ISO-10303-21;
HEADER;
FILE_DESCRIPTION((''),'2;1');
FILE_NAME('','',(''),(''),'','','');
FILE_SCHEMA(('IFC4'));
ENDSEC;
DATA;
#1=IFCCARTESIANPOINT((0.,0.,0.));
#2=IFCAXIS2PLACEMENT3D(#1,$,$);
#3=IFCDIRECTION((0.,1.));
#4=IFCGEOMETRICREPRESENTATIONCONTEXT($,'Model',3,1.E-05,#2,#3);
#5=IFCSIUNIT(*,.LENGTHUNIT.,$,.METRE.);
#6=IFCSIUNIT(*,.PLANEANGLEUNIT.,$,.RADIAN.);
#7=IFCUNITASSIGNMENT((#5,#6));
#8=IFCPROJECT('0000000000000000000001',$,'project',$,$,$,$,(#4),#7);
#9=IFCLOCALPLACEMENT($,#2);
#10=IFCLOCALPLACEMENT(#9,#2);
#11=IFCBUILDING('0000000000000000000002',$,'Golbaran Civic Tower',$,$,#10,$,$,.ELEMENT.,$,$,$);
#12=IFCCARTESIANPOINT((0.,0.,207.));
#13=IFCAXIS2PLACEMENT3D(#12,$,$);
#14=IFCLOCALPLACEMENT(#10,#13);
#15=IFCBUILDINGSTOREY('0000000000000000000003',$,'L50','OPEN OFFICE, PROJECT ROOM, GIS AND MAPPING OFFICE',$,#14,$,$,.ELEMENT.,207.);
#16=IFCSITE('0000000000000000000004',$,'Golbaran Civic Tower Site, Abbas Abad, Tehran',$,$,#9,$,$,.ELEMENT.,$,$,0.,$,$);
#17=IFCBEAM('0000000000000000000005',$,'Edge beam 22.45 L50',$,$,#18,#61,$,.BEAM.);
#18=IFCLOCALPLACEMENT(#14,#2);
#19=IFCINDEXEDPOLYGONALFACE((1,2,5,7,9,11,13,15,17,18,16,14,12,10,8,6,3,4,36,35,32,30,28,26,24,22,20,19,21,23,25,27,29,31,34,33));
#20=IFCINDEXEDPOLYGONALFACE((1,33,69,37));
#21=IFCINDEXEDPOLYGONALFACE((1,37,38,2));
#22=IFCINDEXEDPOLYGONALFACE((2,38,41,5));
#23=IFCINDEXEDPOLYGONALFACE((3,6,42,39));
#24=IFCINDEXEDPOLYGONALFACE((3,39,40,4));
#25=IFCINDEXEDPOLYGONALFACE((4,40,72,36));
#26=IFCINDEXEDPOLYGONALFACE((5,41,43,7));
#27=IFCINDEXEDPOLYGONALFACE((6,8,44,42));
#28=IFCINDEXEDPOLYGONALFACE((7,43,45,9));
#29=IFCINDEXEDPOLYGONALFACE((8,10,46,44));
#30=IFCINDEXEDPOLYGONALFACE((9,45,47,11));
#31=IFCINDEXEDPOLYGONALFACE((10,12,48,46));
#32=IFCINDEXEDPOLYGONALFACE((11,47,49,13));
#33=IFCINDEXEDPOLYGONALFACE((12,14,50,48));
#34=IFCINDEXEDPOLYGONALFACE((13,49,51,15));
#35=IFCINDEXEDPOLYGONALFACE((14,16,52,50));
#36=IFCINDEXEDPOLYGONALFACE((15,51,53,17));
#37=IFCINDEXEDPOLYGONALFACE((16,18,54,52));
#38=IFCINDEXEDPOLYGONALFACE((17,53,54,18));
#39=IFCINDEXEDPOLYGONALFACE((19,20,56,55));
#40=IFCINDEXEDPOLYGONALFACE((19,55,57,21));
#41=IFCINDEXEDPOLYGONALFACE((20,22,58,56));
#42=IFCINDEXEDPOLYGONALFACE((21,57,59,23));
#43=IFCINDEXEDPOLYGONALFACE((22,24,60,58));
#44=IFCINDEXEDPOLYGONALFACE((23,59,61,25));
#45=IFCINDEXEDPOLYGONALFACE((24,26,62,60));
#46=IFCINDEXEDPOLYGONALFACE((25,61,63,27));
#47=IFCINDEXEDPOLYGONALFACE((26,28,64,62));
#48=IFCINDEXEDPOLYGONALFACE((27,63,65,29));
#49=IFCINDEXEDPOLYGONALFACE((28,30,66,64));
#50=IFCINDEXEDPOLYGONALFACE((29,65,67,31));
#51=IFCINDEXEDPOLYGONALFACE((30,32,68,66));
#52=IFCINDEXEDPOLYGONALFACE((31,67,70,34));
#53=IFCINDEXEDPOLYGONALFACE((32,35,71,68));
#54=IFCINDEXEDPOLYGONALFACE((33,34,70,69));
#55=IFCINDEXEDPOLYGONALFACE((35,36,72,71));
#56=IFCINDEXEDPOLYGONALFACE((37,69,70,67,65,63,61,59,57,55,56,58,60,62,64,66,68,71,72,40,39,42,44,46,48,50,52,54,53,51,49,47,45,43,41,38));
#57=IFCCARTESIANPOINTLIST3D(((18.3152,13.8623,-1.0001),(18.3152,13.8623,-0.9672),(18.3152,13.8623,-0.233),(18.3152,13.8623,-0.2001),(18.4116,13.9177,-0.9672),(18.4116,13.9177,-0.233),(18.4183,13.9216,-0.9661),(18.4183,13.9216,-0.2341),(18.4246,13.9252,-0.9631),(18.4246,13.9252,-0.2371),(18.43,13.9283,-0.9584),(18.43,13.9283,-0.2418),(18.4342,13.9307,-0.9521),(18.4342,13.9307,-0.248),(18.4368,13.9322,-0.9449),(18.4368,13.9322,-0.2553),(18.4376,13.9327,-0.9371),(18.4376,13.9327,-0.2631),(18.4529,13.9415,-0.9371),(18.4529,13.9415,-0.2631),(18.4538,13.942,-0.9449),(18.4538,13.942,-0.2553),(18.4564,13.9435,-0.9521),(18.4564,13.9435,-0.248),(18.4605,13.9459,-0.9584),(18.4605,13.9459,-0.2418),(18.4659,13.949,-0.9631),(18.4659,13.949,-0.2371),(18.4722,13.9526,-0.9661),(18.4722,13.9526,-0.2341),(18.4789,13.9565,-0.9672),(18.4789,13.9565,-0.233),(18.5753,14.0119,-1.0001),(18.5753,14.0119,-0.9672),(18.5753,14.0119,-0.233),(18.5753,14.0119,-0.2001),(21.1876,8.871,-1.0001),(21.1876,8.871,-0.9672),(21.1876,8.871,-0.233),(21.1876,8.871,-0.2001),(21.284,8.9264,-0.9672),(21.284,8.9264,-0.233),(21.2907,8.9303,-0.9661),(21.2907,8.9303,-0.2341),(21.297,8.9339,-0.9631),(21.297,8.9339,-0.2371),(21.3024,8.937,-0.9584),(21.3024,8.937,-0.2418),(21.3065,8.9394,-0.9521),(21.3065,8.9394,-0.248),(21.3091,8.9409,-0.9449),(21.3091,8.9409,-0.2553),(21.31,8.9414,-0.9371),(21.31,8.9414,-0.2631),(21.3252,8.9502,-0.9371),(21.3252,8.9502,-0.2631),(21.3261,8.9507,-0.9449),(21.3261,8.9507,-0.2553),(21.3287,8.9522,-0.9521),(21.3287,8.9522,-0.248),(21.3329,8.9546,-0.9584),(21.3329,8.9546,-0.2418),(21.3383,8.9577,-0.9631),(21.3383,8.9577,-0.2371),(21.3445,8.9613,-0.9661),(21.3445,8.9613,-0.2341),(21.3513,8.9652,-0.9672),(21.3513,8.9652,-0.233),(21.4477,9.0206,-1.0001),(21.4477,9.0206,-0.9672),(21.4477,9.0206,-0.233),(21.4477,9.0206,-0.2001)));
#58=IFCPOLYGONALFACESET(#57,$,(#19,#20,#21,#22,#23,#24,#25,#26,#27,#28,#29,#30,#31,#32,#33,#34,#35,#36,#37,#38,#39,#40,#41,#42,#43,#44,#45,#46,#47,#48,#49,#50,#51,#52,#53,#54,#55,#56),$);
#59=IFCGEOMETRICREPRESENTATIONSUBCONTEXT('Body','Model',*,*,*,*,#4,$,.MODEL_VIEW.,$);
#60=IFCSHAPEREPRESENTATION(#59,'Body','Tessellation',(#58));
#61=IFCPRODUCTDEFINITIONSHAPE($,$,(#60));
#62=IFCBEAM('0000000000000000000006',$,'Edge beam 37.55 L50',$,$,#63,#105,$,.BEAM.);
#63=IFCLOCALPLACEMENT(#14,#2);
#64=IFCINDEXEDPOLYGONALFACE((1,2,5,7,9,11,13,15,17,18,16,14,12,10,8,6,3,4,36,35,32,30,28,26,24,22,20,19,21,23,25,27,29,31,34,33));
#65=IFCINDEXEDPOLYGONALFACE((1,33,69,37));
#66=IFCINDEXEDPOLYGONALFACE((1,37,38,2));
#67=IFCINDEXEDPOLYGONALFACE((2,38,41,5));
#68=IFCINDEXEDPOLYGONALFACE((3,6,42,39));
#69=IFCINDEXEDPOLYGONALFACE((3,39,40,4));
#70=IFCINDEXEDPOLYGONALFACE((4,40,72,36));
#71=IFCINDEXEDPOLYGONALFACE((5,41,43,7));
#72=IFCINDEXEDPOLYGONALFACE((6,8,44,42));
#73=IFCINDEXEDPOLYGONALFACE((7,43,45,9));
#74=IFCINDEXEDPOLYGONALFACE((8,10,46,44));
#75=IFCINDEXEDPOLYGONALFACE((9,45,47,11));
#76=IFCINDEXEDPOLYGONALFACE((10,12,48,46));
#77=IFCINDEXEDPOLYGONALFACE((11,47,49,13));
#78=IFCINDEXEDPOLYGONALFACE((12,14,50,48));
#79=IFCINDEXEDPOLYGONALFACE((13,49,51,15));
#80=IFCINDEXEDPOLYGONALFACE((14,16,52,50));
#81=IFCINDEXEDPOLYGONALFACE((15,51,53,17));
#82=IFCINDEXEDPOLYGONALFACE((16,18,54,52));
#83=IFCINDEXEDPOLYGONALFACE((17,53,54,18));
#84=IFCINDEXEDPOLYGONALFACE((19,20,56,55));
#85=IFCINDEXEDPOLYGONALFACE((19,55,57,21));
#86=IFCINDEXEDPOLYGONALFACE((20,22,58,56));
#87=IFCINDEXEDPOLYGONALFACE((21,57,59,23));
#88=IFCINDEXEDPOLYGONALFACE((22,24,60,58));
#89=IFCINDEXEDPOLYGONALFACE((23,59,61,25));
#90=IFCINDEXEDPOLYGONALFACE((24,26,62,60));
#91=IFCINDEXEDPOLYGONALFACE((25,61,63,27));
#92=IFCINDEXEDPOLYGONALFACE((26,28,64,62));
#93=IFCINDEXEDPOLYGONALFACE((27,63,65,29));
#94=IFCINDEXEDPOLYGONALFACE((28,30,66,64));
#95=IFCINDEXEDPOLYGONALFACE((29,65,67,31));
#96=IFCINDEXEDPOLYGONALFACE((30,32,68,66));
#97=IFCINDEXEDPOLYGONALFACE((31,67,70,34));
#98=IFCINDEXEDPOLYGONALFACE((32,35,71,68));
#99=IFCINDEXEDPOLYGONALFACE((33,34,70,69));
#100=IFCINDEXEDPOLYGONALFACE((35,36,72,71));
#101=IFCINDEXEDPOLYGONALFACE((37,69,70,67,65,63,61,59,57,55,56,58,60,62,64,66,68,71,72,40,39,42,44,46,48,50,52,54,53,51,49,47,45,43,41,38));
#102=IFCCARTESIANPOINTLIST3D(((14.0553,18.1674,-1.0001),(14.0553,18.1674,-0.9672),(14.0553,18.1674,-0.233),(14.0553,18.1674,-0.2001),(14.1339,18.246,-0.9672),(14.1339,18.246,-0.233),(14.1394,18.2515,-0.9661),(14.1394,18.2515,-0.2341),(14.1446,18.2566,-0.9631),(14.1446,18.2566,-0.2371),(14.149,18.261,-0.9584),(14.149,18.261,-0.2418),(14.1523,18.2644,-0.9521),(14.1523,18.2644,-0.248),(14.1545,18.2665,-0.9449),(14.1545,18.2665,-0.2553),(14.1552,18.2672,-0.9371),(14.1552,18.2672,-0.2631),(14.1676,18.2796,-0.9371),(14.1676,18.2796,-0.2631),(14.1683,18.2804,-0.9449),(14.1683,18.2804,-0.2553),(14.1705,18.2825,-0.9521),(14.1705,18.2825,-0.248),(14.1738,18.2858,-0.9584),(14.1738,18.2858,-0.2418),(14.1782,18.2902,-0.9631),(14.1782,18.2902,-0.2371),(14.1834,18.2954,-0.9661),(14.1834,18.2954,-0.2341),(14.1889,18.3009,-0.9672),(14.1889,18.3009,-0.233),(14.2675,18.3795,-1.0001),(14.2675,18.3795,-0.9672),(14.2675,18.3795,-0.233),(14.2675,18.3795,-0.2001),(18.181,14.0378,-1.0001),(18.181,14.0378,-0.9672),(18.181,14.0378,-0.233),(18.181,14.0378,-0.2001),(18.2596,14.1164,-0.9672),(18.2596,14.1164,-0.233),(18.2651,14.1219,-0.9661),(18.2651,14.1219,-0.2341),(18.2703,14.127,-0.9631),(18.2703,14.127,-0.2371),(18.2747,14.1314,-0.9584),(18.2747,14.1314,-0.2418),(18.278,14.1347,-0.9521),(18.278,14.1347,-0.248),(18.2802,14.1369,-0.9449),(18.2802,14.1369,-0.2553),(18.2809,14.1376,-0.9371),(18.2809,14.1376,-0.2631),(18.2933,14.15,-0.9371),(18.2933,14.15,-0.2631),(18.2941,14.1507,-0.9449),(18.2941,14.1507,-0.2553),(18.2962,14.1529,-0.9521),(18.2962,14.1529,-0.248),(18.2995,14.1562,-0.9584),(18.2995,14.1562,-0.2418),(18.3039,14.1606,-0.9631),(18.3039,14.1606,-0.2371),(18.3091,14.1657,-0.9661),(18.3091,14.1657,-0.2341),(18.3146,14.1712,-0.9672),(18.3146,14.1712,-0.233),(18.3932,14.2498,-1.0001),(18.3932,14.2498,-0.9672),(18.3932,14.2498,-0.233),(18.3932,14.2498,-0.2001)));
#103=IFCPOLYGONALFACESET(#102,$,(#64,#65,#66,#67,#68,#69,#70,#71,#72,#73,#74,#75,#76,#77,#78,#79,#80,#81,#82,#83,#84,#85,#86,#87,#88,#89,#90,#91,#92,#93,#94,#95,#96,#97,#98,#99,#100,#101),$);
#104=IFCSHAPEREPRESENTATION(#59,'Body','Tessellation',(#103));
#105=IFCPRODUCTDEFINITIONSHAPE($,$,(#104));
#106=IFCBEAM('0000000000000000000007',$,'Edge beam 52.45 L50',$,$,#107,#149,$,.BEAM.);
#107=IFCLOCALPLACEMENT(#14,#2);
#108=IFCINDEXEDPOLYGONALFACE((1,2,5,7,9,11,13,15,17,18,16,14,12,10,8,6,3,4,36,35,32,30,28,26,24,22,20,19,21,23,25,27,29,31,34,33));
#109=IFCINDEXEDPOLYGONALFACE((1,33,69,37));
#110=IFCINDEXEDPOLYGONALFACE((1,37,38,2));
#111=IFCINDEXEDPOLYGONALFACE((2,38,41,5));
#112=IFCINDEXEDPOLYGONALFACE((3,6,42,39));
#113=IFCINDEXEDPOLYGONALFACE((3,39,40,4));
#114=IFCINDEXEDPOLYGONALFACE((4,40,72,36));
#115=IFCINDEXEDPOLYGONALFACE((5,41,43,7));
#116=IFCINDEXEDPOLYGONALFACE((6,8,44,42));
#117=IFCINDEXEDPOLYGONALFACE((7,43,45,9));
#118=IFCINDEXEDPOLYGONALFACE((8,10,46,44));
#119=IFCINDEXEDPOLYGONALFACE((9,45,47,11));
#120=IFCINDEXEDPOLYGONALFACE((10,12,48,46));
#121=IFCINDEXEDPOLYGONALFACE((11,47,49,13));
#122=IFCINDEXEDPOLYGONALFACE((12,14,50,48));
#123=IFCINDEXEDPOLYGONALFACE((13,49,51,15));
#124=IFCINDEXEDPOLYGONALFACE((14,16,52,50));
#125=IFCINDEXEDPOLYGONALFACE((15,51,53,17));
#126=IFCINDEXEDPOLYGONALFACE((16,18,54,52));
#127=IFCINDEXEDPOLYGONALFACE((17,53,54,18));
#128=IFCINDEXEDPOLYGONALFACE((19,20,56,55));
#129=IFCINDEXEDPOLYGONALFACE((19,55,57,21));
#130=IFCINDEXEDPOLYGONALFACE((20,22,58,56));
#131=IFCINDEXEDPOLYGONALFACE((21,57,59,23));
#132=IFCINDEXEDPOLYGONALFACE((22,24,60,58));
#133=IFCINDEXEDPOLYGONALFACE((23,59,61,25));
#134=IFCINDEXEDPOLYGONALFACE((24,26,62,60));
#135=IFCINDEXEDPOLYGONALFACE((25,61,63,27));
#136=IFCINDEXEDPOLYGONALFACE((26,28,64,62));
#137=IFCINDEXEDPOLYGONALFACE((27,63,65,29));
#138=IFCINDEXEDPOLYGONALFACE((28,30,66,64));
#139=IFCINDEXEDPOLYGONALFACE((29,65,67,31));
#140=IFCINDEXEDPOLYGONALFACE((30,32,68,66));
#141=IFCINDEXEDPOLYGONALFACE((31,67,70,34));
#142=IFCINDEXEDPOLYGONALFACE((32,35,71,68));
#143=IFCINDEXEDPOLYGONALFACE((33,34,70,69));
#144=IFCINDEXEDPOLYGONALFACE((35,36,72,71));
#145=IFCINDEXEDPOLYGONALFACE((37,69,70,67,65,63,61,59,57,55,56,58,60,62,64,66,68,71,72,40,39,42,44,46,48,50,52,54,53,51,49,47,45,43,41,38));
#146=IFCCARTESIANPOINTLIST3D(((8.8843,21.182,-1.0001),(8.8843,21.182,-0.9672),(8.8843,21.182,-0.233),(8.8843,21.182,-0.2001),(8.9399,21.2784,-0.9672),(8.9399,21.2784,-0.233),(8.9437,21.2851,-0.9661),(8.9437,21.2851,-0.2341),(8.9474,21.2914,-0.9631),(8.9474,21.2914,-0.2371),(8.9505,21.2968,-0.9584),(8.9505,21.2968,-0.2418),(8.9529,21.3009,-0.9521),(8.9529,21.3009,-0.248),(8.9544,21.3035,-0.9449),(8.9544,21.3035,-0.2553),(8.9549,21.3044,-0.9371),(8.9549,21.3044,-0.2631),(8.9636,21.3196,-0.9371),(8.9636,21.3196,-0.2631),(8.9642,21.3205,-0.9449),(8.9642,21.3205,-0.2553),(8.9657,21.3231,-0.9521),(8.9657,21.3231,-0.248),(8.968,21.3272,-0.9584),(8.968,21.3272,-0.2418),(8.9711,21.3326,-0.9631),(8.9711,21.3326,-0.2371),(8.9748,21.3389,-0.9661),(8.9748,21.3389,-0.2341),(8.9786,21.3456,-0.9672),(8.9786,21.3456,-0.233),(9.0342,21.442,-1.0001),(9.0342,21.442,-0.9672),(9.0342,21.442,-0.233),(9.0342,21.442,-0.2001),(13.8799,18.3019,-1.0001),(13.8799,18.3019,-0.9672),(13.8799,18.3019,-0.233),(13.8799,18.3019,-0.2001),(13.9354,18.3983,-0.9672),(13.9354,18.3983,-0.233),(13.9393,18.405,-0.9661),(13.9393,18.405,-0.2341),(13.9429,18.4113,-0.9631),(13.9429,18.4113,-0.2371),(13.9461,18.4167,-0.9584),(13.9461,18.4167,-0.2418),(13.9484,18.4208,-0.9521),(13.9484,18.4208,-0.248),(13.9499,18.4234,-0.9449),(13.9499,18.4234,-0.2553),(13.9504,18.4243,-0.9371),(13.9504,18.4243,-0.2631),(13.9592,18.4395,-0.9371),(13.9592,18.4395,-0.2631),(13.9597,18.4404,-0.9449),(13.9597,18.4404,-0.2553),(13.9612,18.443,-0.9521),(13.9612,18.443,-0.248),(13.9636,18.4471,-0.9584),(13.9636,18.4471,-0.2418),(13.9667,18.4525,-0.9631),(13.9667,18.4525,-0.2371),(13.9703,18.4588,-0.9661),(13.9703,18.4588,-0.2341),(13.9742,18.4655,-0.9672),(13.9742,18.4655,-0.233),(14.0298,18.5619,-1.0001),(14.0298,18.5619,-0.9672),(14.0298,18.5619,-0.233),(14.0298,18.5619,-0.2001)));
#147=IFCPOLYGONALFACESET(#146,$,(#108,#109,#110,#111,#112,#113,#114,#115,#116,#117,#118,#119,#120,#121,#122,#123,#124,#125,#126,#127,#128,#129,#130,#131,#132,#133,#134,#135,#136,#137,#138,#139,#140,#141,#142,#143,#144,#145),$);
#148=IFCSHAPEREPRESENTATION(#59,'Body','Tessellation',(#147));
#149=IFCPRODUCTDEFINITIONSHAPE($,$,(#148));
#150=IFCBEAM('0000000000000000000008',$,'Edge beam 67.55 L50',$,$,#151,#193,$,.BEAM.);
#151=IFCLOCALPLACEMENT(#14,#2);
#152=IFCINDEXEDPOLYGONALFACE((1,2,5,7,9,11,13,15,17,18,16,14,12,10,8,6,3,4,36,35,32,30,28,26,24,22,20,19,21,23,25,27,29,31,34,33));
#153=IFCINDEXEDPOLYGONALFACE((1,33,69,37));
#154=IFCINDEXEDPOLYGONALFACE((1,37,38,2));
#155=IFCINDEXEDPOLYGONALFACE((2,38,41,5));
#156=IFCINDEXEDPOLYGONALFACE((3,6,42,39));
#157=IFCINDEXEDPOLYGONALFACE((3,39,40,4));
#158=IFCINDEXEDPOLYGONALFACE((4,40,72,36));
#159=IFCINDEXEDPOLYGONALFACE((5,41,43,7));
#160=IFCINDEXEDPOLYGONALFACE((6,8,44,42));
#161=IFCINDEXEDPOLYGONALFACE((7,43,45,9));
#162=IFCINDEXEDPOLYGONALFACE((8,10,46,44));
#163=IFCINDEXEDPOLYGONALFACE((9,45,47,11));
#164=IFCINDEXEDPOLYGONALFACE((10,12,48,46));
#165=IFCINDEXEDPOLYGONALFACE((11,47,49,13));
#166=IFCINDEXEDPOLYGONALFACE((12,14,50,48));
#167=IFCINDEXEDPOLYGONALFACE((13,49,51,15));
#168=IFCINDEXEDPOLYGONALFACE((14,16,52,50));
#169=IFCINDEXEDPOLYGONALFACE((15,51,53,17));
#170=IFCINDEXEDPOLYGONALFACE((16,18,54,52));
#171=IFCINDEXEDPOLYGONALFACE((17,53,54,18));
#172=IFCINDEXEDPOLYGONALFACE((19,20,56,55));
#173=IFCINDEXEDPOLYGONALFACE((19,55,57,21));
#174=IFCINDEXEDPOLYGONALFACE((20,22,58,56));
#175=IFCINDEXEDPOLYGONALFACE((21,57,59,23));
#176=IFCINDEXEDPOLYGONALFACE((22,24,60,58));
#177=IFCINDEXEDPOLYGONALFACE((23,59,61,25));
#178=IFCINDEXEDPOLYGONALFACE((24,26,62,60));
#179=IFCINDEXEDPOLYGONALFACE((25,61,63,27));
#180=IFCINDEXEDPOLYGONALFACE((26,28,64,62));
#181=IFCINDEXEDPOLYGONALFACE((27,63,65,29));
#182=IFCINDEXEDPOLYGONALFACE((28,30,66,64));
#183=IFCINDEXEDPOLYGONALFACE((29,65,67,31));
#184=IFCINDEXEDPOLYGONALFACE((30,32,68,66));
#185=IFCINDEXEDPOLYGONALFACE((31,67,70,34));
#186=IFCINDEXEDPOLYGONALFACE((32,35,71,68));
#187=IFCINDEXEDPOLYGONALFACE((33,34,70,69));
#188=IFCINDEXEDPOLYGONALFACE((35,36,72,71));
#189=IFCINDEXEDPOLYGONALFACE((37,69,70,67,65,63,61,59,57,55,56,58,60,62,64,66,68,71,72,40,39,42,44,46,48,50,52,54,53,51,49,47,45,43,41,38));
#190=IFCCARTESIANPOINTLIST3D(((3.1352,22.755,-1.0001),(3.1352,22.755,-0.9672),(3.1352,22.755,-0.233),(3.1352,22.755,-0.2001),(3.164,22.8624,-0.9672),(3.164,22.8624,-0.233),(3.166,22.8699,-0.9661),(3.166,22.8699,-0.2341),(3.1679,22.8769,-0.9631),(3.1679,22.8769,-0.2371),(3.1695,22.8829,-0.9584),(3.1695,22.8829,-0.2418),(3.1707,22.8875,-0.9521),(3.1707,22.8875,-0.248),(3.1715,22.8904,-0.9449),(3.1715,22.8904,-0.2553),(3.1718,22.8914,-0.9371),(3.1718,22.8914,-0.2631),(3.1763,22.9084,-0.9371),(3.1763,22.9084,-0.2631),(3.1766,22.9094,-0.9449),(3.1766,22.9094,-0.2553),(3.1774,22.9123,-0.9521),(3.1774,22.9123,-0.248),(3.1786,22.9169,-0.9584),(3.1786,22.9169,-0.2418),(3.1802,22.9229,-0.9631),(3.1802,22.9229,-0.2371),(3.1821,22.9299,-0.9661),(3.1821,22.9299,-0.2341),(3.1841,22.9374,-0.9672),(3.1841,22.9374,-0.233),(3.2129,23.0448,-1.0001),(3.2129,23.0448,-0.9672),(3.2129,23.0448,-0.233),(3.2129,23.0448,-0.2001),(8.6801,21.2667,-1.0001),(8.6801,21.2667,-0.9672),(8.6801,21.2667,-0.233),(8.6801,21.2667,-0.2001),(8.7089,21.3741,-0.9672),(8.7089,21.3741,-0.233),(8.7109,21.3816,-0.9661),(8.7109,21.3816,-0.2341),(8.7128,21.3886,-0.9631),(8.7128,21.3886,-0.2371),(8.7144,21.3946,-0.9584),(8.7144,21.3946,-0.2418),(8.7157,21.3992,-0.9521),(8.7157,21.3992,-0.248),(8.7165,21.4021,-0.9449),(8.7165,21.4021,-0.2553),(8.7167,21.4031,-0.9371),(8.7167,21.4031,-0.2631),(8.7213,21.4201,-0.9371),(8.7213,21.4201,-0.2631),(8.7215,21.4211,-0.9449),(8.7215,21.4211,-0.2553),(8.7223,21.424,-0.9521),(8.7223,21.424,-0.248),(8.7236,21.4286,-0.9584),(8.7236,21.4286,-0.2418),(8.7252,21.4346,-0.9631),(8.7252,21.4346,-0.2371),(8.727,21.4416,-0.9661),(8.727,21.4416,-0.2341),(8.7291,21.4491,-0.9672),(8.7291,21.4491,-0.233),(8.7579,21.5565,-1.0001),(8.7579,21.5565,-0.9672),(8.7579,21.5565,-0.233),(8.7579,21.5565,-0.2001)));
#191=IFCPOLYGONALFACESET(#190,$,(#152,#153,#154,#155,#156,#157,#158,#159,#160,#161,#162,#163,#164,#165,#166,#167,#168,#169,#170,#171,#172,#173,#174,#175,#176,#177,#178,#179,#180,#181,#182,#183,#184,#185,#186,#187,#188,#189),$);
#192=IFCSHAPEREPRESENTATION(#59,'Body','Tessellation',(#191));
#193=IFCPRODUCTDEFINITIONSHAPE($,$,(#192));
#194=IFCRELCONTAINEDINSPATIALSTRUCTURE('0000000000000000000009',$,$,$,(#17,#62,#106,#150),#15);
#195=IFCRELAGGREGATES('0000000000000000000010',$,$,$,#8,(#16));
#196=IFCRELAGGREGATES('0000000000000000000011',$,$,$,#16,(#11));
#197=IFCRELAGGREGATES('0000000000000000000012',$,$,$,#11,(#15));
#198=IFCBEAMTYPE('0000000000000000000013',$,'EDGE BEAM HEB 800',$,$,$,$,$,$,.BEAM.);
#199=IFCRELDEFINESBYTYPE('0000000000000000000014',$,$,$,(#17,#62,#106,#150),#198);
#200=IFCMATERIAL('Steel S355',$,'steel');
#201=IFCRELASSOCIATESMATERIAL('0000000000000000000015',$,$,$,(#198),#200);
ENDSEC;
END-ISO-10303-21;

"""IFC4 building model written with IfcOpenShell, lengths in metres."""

from ifc_helpers import new_model, si_unit, direction, frame, origin, origin_2d, place, context, subcontext, project, spatial, i_section, extrude, material, material_profile, profile_set, type_object, element, save


model = new_model("IFC4")

# Units and contexts
model_context = context("Model", 3, precision=1e-05, world=origin(), true_north=direction((0.0, 1.0)))
body_context = subcontext(model_context, "Body", "Model", "MODEL_VIEW")
ifc_project = project(units=[si_unit("LENGTHUNIT", "METRE"), si_unit("PLANEANGLEUNIT", "RADIAN")], contexts=[model_context])

# Site, building, storey
site_placement = place(None, origin())
site = spatial("IfcSite", under=ifc_project, at=site_placement, Name="Golbaran Civic Tower Site, Abbas Abad, Tehran", CompositionType="ELEMENT", RefElevation=0.0)
building_placement = place(site_placement, origin())
building = spatial("IfcBuilding", under=site, at=building_placement, Name="Golbaran Civic Tower", CompositionType="ELEMENT")
storey_placement = place(building_placement, frame((0.0, 0.0, 207.0)))
storey = spatial("IfcBuildingStorey", under=building, at=storey_placement, Name="L50", Description="OPEN OFFICE, PROJECT ROOM, GIS AND MAPPING OFFICE", CompositionType="ELEMENT", Elevation=207.0)

# Beams
ifc_material_1 = material(Name="Steel S355", Category="steel")
ifc_material_profile_1 = material_profile(ifc_material_1, i_section(OverallWidth=0.3, OverallDepth=0.8, WebThickness=0.0176, FlangeThickness=0.033, FilletRadius=0.03, at=origin_2d()), Name="HEB 800")
ifc_profile_set_1 = profile_set([ifc_material_profile_1], Name="Steel S355")
beam_type_1 = type_object("IfcBeamType", Name="EDGE BEAM HEB 800", PredefinedType="BEAM", material=ifc_profile_set_1)
beam_1_placement = place(storey_placement, frame((21.3176, 8.9458, -0.6001), z_axis=(-0.49878, 0.866729, 0.0), x_axis=(-0.866729, -0.49878, 0.0)))
element("IfcBeam", 1, at=beam_1_placement, inside=storey, type_object=beam_type_1, Name="Edge beam 22.45 L50", PredefinedType="BEAM", context=body_context, shape_type="SweptSolid", body=[
    extrude(i_section(OverallWidth=0.3, OverallDepth=0.8, WebThickness=0.0176, FlangeThickness=0.033, FilletRadius=0.03, at=origin_2d()), origin(), (0.0, 0.0, 1.0), 5.7588),
])
beam_2_placement = place(storey_placement, frame((18.2871, 14.1438, -0.6001), z_axis=(-0.706772, 0.707441, 0.0), x_axis=(-0.707441, -0.706772, 0.0)))
element("IfcBeam", 2, at=beam_2_placement, inside=storey, type_object=beam_type_1, Name="Edge beam 37.55 L50", PredefinedType="BEAM", context=body_context, shape_type="SweptSolid", body=[
    extrude(i_section(OverallWidth=0.3, OverallDepth=0.8, WebThickness=0.0176, FlangeThickness=0.033, FilletRadius=0.03, at=origin_2d()), origin(), (0.0, 0.0, 1.0), 5.8374),
])
beam_3_placement = place(storey_placement, frame((13.9548, 18.4319, -0.6001), z_axis=(-0.866332, 0.499468, 0.0), x_axis=(-0.499468, -0.866332, 0.0)))
element("IfcBeam", 3, at=beam_3_placement, inside=storey, type_object=beam_type_1, Name="Edge beam 52.45 L50", PredefinedType="BEAM", context=body_context, shape_type="SweptSolid", body=[
    extrude(i_section(OverallWidth=0.3, OverallDepth=0.8, WebThickness=0.0176, FlangeThickness=0.033, FilletRadius=0.03, at=origin_2d()), origin(), (0.0, 0.0, 1.0), 5.7664),
])
beam_4_placement = place(storey_placement, frame((8.719, 21.4116, -0.6001), z_axis=(-0.965816, 0.259229, 0.0), x_axis=(-0.259229, -0.965816, 0.0)))
element("IfcBeam", 4, at=beam_4_placement, inside=storey, type_object=beam_type_1, Name="Edge beam 67.55 L50", PredefinedType="BEAM", context=body_context, shape_type="SweptSolid", body=[
    extrude(i_section(OverallWidth=0.3, OverallDepth=0.8, WebThickness=0.0176, FlangeThickness=0.033, FilletRadius=0.03, at=origin_2d()), origin(), (0.0, 0.0, 1.0), 5.7412),
])

save(model, "model.ifc")
